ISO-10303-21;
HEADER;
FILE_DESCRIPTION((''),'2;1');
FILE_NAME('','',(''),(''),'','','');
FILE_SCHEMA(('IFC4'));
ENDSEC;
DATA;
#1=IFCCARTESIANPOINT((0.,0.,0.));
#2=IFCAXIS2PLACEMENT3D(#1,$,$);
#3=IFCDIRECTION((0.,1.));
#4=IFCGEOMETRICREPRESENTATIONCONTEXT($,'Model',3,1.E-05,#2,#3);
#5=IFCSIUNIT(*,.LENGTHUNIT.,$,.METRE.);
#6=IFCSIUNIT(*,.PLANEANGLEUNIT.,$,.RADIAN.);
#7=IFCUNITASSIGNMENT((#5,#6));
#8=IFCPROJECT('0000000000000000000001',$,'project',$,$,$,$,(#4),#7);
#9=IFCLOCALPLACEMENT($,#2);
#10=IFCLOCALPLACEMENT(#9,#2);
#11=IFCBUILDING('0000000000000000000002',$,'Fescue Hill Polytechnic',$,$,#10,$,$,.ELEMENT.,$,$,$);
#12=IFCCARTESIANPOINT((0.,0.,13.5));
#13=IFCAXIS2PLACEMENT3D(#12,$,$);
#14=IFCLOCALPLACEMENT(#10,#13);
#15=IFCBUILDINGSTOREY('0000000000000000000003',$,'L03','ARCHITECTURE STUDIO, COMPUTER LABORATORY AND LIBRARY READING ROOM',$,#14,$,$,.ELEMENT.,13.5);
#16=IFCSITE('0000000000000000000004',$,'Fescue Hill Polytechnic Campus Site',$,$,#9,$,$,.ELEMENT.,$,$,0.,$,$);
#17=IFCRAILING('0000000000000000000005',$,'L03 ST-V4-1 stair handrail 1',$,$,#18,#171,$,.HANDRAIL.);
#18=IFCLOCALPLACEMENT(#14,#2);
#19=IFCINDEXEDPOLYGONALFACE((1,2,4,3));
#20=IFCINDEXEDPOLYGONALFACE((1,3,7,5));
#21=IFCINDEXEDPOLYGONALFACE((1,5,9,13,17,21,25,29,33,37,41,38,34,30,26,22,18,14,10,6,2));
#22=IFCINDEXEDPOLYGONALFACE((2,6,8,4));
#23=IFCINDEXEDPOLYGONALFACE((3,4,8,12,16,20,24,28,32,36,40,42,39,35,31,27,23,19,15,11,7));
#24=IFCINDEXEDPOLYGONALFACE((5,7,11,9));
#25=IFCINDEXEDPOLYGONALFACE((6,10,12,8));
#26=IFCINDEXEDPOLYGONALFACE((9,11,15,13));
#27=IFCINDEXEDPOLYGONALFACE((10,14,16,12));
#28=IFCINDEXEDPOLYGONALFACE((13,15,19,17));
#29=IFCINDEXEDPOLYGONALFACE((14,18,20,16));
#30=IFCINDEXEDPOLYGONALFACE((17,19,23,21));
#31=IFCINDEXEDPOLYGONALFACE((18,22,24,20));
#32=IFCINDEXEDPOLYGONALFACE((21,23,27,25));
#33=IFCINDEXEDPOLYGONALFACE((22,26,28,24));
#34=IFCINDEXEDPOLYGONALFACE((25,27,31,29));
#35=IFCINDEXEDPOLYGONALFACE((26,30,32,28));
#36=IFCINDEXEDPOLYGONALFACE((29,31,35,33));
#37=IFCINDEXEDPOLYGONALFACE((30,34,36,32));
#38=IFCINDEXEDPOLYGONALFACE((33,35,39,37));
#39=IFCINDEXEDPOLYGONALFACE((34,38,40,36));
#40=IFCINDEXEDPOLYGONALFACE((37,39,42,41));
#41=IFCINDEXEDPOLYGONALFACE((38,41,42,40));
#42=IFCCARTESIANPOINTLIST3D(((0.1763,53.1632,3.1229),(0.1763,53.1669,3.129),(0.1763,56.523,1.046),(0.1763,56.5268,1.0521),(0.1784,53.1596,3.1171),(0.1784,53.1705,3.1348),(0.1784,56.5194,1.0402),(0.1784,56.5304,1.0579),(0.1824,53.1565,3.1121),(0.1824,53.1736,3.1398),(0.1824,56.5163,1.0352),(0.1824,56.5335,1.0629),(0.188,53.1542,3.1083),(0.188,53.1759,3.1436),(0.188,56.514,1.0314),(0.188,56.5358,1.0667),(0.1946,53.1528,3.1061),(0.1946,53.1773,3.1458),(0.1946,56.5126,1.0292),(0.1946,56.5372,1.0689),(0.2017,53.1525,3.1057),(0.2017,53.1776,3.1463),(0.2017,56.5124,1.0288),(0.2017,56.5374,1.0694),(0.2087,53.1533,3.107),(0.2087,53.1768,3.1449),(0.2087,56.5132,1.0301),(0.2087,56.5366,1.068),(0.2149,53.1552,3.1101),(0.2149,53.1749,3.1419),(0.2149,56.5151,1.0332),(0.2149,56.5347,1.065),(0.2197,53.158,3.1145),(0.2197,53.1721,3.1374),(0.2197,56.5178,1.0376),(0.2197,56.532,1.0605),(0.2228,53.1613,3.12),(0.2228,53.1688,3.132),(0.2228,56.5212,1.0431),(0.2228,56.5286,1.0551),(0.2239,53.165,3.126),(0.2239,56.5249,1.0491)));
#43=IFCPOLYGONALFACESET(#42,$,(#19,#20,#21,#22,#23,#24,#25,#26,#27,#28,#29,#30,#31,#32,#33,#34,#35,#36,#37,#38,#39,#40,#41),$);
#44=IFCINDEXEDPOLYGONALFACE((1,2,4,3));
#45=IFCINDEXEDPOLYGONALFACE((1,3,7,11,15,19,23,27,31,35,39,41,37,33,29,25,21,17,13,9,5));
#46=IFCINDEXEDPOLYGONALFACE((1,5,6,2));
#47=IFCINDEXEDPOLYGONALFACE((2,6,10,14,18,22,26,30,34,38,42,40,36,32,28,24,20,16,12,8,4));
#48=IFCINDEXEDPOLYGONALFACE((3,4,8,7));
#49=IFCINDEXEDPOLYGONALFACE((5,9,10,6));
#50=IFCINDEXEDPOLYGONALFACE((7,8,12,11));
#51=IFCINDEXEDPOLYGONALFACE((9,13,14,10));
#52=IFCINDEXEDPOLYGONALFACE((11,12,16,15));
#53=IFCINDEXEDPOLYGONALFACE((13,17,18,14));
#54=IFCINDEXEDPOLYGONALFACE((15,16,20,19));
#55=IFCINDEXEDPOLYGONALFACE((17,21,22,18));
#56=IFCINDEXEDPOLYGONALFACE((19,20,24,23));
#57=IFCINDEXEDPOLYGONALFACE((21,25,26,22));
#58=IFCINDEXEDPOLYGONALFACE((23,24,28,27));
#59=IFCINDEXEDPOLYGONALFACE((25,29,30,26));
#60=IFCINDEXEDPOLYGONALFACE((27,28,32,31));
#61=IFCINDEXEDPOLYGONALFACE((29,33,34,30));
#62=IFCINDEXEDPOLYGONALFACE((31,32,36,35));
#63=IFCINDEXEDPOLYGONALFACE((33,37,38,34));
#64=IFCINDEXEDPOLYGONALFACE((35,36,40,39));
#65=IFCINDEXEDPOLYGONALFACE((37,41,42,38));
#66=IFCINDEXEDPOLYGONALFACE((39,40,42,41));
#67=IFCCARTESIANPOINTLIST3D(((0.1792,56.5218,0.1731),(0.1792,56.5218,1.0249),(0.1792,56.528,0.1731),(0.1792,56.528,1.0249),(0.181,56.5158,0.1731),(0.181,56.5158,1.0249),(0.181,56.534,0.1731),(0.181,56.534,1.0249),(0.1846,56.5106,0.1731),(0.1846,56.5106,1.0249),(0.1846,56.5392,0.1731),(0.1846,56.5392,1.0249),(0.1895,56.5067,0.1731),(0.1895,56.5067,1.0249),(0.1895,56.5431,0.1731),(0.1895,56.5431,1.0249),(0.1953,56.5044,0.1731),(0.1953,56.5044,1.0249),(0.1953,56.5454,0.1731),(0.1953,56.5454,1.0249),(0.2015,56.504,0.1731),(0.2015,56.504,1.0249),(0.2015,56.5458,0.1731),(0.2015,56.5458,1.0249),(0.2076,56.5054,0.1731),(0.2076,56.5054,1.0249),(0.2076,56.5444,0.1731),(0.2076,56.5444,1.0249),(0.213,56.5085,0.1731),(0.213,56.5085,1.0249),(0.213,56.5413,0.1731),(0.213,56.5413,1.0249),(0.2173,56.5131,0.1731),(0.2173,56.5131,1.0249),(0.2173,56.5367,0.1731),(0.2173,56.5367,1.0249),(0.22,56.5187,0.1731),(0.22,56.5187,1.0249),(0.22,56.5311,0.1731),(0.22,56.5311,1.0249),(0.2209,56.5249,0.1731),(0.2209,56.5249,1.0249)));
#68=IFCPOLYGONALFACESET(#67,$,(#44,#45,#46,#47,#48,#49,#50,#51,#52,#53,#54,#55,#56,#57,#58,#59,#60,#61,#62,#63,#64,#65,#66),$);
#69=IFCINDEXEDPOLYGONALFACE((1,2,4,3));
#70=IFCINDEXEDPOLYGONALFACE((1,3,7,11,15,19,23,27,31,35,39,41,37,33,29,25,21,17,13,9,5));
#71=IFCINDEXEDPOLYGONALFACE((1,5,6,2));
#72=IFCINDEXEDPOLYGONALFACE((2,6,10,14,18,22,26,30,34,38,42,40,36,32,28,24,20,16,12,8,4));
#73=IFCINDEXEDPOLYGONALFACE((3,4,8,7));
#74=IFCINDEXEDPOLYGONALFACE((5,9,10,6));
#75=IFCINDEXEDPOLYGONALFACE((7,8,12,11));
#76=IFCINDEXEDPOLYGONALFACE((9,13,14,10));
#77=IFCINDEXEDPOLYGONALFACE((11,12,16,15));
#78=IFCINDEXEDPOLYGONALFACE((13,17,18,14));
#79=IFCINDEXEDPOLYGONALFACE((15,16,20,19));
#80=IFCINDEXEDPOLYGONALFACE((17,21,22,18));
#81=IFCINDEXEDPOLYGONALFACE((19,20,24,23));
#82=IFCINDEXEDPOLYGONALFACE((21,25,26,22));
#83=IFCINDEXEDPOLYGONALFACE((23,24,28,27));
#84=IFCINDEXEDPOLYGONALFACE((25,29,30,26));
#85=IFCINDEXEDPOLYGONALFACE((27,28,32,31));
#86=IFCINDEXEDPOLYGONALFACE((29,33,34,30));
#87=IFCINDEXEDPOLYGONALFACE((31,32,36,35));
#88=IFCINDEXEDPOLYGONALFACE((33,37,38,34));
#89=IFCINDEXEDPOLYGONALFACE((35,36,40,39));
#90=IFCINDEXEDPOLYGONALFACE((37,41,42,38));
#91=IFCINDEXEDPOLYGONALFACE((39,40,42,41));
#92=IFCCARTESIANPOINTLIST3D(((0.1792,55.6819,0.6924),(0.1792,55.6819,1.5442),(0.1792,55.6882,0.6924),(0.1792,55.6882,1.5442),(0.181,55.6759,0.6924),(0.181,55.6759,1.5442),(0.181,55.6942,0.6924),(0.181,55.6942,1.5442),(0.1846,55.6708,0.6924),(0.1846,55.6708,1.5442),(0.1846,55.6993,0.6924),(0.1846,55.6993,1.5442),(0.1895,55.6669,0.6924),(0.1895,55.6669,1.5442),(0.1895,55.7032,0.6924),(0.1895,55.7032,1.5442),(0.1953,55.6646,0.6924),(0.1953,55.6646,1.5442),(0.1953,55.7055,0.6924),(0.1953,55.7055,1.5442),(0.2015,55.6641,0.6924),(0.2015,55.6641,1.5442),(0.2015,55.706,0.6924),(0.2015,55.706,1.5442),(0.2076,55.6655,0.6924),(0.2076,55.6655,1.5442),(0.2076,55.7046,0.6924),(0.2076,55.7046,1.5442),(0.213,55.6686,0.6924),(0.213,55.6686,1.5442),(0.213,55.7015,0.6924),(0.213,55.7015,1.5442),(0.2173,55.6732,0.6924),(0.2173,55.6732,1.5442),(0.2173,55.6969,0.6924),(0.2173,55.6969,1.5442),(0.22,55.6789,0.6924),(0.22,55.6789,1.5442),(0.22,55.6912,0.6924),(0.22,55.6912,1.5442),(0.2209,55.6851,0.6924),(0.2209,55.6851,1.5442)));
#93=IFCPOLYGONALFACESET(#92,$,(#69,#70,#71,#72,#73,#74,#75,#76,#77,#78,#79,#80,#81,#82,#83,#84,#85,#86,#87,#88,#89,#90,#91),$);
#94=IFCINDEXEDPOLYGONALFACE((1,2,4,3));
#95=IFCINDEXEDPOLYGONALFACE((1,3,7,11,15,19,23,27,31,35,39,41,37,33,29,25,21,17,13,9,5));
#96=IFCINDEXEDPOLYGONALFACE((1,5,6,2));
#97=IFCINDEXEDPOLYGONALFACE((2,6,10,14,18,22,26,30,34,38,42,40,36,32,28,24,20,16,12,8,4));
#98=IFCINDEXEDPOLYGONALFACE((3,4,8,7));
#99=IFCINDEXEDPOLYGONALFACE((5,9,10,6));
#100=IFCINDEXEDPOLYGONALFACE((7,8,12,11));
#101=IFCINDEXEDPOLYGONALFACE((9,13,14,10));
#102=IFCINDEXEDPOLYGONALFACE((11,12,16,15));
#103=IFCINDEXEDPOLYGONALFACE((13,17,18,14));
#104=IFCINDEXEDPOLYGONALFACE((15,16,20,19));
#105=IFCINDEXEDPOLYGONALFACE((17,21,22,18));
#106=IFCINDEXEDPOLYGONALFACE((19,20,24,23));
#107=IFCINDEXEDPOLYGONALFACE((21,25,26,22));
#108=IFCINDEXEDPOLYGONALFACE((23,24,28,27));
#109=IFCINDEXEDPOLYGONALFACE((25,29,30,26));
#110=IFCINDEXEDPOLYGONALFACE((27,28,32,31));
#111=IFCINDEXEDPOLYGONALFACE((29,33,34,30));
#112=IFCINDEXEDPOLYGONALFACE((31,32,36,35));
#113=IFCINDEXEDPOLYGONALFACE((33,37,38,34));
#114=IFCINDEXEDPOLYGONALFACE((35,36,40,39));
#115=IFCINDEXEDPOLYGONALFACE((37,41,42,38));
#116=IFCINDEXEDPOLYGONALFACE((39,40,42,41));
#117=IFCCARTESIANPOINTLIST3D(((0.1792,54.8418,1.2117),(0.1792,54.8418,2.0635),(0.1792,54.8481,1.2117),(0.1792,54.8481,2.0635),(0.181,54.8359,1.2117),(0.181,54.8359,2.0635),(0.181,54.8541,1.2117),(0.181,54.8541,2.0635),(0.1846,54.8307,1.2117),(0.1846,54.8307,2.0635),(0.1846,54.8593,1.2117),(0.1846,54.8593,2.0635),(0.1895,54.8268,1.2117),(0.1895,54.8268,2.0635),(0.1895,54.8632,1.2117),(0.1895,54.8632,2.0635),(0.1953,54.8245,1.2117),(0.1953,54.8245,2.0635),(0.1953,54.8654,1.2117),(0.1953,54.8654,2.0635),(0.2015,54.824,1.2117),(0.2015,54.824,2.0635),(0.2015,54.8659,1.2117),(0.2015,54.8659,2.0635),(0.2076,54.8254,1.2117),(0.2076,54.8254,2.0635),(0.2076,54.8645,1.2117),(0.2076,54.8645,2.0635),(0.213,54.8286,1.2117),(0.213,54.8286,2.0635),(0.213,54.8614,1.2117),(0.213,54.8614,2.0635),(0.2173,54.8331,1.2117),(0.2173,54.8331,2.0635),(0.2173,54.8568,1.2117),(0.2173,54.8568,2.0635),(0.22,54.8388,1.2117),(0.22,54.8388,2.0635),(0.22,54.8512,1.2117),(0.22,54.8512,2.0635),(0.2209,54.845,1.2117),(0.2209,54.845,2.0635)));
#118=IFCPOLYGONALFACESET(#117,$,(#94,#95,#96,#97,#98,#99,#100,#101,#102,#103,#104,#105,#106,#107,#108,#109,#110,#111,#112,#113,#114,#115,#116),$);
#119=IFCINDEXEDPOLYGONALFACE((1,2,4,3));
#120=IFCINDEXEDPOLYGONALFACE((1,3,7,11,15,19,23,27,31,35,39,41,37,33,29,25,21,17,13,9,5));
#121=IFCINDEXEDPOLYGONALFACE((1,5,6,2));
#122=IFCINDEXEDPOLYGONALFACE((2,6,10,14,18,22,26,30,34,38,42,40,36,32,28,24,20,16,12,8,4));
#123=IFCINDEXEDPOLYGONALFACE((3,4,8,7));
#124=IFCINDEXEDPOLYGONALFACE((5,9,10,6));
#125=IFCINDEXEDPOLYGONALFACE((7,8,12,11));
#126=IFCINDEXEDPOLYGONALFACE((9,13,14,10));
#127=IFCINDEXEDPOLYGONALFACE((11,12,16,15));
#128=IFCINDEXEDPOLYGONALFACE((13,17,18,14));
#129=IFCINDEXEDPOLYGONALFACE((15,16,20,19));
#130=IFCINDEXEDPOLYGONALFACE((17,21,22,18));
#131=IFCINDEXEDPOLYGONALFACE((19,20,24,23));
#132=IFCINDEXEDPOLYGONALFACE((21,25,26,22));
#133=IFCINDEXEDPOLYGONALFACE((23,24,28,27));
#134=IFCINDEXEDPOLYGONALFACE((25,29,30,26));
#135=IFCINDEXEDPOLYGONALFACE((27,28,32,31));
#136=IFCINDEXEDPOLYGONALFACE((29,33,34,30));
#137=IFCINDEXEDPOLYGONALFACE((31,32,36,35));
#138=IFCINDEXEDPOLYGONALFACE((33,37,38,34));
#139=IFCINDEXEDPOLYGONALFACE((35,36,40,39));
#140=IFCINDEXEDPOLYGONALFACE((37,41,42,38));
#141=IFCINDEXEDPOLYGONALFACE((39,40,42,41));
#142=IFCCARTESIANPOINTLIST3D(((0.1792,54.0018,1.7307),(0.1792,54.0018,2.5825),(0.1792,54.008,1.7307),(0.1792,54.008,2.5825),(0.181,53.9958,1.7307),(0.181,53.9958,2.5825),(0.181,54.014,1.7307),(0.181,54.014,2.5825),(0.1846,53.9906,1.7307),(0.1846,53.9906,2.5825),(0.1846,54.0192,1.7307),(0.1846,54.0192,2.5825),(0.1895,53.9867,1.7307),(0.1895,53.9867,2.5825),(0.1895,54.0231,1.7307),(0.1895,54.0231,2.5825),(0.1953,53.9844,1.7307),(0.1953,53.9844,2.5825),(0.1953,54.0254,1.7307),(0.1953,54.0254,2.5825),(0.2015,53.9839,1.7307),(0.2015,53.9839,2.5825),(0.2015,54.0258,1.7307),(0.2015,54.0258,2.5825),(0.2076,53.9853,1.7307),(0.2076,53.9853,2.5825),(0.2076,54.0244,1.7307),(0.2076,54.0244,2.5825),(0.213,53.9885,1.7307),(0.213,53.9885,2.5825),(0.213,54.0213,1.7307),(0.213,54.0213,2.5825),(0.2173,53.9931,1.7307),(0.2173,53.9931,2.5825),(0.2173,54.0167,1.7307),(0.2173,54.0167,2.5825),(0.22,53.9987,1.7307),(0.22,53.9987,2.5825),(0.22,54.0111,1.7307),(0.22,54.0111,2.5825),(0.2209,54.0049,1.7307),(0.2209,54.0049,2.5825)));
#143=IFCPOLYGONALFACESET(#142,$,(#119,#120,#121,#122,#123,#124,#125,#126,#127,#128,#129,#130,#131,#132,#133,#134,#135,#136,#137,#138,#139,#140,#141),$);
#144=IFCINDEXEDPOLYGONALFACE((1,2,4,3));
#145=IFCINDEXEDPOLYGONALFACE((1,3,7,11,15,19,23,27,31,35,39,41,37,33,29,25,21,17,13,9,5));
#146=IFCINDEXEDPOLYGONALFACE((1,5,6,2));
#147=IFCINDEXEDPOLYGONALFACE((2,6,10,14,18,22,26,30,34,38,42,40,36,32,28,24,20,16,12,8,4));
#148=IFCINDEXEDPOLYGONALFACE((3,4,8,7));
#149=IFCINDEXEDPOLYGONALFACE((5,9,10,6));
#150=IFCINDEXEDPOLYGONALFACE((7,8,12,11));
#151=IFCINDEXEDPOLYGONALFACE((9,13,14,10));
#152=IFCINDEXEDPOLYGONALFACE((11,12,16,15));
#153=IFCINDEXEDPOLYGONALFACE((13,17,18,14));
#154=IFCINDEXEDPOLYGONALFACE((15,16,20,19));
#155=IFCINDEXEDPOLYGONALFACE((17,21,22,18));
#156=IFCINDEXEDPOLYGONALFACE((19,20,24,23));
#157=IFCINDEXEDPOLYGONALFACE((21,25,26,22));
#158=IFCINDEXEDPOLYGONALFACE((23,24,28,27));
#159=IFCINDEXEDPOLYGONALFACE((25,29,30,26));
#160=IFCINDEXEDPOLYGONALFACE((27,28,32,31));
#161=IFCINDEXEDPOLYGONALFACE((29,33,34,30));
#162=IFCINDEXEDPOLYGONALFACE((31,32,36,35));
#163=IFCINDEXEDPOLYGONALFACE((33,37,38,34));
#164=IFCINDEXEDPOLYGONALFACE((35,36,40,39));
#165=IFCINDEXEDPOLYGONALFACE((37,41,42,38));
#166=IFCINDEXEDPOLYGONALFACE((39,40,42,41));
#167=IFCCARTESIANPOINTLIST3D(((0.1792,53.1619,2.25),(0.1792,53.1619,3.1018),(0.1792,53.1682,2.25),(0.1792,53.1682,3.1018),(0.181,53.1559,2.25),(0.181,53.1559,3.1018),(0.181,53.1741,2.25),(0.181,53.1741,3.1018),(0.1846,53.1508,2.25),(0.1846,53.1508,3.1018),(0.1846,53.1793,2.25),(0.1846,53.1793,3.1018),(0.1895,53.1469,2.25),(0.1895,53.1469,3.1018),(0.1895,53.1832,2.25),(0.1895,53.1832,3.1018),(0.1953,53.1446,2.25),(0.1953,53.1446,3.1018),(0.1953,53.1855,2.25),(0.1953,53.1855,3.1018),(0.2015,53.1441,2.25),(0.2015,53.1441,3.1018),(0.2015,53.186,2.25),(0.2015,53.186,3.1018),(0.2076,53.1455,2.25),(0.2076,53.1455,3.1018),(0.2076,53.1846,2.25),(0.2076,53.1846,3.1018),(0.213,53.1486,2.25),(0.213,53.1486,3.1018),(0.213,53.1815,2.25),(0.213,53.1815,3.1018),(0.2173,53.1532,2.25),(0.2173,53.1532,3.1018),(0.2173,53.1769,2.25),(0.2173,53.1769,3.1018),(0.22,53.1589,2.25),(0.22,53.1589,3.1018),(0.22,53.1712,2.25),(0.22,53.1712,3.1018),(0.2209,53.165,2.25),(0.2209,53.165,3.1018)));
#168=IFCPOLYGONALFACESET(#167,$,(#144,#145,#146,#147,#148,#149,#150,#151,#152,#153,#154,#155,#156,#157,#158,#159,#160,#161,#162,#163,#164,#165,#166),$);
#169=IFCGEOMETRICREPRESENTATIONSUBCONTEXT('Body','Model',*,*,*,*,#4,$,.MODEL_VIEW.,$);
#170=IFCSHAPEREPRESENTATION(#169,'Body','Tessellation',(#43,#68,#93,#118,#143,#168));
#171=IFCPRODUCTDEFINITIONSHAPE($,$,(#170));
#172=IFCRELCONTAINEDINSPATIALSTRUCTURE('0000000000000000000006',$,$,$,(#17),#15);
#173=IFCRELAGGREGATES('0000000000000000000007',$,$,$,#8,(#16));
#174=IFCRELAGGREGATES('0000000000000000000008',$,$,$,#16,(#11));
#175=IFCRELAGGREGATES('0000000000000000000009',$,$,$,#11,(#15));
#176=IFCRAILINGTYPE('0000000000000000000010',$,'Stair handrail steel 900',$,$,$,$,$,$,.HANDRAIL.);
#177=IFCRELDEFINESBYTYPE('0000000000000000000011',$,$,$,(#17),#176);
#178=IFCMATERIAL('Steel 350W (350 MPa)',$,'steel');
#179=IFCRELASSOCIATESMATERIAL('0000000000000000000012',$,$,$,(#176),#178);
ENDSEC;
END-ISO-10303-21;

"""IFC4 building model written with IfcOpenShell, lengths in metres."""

from ifc_helpers import new_model, si_unit, direction, frame, origin, origin_2d, place, context, subcontext, project, spatial, circle, extrude, material, type_object, element, save


model = new_model("IFC4")

# Units and contexts
model_context = context("Model", 3, precision=1e-05, world=origin(), true_north=direction((0.0, 1.0)))
body_context = subcontext(model_context, "Body", "Model", "MODEL_VIEW")
ifc_project = project(units=[si_unit("LENGTHUNIT", "METRE"), si_unit("PLANEANGLEUNIT", "RADIAN")], contexts=[model_context])

# Site, building, storey
site_placement = place(None, origin())
site = spatial("IfcSite", under=ifc_project, at=site_placement, Name="Fescue Hill Polytechnic Campus Site", CompositionType="ELEMENT", RefElevation=0.0)
building_placement = place(site_placement, origin())
building = spatial("IfcBuilding", under=site, at=building_placement, Name="Fescue Hill Polytechnic", CompositionType="ELEMENT")
storey_placement = place(building_placement, frame((0.0, 0.0, 13.5)))
storey = spatial("IfcBuildingStorey", under=building, at=storey_placement, Name="L03", Description="ARCHITECTURE STUDIO, COMPUTER LABORATORY AND LIBRARY READING ROOM", CompositionType="ELEMENT", Elevation=13.5)

# Railing
ifc_material_1 = material(Name="Steel 350W (350 MPa)", Category="steel")
railing_type_1 = type_object("IfcRailingType", Name="Stair handrail steel 900", PredefinedType="HANDRAIL", material=ifc_material_1)
for number, where, name in (
    (1, (0.2, 56.5249, 0.1731), "L03 ST-V4-1 stair handrail 1"),
):
    element("IfcRailing", number, at=place(storey_placement, frame(where)), inside=storey, type_object=railing_type_1, Name=name, PredefinedType="HANDRAIL", context=body_context, shape_type="SweptSolid", body=[
        extrude(circle(Radius=0.0239, at=origin_2d()), frame((0.0, 0.0, 0.876), z_axis=(0.0, -0.850606, 0.525803), x_axis=(1.0, 0.0, 0.0)), (0.0, 0.0, 1.0), 3.95),
        extrude(circle(Radius=0.021, at=origin_2d()), origin(), (0.0, 0.0, 1.0), 0.8518),
        extrude(circle(Radius=0.021, at=origin_2d()), frame((0.0, -0.8398, 0.5193)), (0.0, 0.0, 1.0), 0.8518),
        extrude(circle(Radius=0.021, at=origin_2d()), frame((0.0, -1.6799, 1.0386)), (0.0, 0.0, 1.0), 0.8518),
        extrude(circle(Radius=0.021, at=origin_2d()), frame((0.0, -2.52, 1.5576)), (0.0, 0.0, 1.0), 0.8518),
        extrude(circle(Radius=0.021, at=origin_2d()), frame((0.0, -3.3599, 2.0769)), (0.0, 0.0, 1.0), 0.8518),
    ])

save(model, "model.ifc")
